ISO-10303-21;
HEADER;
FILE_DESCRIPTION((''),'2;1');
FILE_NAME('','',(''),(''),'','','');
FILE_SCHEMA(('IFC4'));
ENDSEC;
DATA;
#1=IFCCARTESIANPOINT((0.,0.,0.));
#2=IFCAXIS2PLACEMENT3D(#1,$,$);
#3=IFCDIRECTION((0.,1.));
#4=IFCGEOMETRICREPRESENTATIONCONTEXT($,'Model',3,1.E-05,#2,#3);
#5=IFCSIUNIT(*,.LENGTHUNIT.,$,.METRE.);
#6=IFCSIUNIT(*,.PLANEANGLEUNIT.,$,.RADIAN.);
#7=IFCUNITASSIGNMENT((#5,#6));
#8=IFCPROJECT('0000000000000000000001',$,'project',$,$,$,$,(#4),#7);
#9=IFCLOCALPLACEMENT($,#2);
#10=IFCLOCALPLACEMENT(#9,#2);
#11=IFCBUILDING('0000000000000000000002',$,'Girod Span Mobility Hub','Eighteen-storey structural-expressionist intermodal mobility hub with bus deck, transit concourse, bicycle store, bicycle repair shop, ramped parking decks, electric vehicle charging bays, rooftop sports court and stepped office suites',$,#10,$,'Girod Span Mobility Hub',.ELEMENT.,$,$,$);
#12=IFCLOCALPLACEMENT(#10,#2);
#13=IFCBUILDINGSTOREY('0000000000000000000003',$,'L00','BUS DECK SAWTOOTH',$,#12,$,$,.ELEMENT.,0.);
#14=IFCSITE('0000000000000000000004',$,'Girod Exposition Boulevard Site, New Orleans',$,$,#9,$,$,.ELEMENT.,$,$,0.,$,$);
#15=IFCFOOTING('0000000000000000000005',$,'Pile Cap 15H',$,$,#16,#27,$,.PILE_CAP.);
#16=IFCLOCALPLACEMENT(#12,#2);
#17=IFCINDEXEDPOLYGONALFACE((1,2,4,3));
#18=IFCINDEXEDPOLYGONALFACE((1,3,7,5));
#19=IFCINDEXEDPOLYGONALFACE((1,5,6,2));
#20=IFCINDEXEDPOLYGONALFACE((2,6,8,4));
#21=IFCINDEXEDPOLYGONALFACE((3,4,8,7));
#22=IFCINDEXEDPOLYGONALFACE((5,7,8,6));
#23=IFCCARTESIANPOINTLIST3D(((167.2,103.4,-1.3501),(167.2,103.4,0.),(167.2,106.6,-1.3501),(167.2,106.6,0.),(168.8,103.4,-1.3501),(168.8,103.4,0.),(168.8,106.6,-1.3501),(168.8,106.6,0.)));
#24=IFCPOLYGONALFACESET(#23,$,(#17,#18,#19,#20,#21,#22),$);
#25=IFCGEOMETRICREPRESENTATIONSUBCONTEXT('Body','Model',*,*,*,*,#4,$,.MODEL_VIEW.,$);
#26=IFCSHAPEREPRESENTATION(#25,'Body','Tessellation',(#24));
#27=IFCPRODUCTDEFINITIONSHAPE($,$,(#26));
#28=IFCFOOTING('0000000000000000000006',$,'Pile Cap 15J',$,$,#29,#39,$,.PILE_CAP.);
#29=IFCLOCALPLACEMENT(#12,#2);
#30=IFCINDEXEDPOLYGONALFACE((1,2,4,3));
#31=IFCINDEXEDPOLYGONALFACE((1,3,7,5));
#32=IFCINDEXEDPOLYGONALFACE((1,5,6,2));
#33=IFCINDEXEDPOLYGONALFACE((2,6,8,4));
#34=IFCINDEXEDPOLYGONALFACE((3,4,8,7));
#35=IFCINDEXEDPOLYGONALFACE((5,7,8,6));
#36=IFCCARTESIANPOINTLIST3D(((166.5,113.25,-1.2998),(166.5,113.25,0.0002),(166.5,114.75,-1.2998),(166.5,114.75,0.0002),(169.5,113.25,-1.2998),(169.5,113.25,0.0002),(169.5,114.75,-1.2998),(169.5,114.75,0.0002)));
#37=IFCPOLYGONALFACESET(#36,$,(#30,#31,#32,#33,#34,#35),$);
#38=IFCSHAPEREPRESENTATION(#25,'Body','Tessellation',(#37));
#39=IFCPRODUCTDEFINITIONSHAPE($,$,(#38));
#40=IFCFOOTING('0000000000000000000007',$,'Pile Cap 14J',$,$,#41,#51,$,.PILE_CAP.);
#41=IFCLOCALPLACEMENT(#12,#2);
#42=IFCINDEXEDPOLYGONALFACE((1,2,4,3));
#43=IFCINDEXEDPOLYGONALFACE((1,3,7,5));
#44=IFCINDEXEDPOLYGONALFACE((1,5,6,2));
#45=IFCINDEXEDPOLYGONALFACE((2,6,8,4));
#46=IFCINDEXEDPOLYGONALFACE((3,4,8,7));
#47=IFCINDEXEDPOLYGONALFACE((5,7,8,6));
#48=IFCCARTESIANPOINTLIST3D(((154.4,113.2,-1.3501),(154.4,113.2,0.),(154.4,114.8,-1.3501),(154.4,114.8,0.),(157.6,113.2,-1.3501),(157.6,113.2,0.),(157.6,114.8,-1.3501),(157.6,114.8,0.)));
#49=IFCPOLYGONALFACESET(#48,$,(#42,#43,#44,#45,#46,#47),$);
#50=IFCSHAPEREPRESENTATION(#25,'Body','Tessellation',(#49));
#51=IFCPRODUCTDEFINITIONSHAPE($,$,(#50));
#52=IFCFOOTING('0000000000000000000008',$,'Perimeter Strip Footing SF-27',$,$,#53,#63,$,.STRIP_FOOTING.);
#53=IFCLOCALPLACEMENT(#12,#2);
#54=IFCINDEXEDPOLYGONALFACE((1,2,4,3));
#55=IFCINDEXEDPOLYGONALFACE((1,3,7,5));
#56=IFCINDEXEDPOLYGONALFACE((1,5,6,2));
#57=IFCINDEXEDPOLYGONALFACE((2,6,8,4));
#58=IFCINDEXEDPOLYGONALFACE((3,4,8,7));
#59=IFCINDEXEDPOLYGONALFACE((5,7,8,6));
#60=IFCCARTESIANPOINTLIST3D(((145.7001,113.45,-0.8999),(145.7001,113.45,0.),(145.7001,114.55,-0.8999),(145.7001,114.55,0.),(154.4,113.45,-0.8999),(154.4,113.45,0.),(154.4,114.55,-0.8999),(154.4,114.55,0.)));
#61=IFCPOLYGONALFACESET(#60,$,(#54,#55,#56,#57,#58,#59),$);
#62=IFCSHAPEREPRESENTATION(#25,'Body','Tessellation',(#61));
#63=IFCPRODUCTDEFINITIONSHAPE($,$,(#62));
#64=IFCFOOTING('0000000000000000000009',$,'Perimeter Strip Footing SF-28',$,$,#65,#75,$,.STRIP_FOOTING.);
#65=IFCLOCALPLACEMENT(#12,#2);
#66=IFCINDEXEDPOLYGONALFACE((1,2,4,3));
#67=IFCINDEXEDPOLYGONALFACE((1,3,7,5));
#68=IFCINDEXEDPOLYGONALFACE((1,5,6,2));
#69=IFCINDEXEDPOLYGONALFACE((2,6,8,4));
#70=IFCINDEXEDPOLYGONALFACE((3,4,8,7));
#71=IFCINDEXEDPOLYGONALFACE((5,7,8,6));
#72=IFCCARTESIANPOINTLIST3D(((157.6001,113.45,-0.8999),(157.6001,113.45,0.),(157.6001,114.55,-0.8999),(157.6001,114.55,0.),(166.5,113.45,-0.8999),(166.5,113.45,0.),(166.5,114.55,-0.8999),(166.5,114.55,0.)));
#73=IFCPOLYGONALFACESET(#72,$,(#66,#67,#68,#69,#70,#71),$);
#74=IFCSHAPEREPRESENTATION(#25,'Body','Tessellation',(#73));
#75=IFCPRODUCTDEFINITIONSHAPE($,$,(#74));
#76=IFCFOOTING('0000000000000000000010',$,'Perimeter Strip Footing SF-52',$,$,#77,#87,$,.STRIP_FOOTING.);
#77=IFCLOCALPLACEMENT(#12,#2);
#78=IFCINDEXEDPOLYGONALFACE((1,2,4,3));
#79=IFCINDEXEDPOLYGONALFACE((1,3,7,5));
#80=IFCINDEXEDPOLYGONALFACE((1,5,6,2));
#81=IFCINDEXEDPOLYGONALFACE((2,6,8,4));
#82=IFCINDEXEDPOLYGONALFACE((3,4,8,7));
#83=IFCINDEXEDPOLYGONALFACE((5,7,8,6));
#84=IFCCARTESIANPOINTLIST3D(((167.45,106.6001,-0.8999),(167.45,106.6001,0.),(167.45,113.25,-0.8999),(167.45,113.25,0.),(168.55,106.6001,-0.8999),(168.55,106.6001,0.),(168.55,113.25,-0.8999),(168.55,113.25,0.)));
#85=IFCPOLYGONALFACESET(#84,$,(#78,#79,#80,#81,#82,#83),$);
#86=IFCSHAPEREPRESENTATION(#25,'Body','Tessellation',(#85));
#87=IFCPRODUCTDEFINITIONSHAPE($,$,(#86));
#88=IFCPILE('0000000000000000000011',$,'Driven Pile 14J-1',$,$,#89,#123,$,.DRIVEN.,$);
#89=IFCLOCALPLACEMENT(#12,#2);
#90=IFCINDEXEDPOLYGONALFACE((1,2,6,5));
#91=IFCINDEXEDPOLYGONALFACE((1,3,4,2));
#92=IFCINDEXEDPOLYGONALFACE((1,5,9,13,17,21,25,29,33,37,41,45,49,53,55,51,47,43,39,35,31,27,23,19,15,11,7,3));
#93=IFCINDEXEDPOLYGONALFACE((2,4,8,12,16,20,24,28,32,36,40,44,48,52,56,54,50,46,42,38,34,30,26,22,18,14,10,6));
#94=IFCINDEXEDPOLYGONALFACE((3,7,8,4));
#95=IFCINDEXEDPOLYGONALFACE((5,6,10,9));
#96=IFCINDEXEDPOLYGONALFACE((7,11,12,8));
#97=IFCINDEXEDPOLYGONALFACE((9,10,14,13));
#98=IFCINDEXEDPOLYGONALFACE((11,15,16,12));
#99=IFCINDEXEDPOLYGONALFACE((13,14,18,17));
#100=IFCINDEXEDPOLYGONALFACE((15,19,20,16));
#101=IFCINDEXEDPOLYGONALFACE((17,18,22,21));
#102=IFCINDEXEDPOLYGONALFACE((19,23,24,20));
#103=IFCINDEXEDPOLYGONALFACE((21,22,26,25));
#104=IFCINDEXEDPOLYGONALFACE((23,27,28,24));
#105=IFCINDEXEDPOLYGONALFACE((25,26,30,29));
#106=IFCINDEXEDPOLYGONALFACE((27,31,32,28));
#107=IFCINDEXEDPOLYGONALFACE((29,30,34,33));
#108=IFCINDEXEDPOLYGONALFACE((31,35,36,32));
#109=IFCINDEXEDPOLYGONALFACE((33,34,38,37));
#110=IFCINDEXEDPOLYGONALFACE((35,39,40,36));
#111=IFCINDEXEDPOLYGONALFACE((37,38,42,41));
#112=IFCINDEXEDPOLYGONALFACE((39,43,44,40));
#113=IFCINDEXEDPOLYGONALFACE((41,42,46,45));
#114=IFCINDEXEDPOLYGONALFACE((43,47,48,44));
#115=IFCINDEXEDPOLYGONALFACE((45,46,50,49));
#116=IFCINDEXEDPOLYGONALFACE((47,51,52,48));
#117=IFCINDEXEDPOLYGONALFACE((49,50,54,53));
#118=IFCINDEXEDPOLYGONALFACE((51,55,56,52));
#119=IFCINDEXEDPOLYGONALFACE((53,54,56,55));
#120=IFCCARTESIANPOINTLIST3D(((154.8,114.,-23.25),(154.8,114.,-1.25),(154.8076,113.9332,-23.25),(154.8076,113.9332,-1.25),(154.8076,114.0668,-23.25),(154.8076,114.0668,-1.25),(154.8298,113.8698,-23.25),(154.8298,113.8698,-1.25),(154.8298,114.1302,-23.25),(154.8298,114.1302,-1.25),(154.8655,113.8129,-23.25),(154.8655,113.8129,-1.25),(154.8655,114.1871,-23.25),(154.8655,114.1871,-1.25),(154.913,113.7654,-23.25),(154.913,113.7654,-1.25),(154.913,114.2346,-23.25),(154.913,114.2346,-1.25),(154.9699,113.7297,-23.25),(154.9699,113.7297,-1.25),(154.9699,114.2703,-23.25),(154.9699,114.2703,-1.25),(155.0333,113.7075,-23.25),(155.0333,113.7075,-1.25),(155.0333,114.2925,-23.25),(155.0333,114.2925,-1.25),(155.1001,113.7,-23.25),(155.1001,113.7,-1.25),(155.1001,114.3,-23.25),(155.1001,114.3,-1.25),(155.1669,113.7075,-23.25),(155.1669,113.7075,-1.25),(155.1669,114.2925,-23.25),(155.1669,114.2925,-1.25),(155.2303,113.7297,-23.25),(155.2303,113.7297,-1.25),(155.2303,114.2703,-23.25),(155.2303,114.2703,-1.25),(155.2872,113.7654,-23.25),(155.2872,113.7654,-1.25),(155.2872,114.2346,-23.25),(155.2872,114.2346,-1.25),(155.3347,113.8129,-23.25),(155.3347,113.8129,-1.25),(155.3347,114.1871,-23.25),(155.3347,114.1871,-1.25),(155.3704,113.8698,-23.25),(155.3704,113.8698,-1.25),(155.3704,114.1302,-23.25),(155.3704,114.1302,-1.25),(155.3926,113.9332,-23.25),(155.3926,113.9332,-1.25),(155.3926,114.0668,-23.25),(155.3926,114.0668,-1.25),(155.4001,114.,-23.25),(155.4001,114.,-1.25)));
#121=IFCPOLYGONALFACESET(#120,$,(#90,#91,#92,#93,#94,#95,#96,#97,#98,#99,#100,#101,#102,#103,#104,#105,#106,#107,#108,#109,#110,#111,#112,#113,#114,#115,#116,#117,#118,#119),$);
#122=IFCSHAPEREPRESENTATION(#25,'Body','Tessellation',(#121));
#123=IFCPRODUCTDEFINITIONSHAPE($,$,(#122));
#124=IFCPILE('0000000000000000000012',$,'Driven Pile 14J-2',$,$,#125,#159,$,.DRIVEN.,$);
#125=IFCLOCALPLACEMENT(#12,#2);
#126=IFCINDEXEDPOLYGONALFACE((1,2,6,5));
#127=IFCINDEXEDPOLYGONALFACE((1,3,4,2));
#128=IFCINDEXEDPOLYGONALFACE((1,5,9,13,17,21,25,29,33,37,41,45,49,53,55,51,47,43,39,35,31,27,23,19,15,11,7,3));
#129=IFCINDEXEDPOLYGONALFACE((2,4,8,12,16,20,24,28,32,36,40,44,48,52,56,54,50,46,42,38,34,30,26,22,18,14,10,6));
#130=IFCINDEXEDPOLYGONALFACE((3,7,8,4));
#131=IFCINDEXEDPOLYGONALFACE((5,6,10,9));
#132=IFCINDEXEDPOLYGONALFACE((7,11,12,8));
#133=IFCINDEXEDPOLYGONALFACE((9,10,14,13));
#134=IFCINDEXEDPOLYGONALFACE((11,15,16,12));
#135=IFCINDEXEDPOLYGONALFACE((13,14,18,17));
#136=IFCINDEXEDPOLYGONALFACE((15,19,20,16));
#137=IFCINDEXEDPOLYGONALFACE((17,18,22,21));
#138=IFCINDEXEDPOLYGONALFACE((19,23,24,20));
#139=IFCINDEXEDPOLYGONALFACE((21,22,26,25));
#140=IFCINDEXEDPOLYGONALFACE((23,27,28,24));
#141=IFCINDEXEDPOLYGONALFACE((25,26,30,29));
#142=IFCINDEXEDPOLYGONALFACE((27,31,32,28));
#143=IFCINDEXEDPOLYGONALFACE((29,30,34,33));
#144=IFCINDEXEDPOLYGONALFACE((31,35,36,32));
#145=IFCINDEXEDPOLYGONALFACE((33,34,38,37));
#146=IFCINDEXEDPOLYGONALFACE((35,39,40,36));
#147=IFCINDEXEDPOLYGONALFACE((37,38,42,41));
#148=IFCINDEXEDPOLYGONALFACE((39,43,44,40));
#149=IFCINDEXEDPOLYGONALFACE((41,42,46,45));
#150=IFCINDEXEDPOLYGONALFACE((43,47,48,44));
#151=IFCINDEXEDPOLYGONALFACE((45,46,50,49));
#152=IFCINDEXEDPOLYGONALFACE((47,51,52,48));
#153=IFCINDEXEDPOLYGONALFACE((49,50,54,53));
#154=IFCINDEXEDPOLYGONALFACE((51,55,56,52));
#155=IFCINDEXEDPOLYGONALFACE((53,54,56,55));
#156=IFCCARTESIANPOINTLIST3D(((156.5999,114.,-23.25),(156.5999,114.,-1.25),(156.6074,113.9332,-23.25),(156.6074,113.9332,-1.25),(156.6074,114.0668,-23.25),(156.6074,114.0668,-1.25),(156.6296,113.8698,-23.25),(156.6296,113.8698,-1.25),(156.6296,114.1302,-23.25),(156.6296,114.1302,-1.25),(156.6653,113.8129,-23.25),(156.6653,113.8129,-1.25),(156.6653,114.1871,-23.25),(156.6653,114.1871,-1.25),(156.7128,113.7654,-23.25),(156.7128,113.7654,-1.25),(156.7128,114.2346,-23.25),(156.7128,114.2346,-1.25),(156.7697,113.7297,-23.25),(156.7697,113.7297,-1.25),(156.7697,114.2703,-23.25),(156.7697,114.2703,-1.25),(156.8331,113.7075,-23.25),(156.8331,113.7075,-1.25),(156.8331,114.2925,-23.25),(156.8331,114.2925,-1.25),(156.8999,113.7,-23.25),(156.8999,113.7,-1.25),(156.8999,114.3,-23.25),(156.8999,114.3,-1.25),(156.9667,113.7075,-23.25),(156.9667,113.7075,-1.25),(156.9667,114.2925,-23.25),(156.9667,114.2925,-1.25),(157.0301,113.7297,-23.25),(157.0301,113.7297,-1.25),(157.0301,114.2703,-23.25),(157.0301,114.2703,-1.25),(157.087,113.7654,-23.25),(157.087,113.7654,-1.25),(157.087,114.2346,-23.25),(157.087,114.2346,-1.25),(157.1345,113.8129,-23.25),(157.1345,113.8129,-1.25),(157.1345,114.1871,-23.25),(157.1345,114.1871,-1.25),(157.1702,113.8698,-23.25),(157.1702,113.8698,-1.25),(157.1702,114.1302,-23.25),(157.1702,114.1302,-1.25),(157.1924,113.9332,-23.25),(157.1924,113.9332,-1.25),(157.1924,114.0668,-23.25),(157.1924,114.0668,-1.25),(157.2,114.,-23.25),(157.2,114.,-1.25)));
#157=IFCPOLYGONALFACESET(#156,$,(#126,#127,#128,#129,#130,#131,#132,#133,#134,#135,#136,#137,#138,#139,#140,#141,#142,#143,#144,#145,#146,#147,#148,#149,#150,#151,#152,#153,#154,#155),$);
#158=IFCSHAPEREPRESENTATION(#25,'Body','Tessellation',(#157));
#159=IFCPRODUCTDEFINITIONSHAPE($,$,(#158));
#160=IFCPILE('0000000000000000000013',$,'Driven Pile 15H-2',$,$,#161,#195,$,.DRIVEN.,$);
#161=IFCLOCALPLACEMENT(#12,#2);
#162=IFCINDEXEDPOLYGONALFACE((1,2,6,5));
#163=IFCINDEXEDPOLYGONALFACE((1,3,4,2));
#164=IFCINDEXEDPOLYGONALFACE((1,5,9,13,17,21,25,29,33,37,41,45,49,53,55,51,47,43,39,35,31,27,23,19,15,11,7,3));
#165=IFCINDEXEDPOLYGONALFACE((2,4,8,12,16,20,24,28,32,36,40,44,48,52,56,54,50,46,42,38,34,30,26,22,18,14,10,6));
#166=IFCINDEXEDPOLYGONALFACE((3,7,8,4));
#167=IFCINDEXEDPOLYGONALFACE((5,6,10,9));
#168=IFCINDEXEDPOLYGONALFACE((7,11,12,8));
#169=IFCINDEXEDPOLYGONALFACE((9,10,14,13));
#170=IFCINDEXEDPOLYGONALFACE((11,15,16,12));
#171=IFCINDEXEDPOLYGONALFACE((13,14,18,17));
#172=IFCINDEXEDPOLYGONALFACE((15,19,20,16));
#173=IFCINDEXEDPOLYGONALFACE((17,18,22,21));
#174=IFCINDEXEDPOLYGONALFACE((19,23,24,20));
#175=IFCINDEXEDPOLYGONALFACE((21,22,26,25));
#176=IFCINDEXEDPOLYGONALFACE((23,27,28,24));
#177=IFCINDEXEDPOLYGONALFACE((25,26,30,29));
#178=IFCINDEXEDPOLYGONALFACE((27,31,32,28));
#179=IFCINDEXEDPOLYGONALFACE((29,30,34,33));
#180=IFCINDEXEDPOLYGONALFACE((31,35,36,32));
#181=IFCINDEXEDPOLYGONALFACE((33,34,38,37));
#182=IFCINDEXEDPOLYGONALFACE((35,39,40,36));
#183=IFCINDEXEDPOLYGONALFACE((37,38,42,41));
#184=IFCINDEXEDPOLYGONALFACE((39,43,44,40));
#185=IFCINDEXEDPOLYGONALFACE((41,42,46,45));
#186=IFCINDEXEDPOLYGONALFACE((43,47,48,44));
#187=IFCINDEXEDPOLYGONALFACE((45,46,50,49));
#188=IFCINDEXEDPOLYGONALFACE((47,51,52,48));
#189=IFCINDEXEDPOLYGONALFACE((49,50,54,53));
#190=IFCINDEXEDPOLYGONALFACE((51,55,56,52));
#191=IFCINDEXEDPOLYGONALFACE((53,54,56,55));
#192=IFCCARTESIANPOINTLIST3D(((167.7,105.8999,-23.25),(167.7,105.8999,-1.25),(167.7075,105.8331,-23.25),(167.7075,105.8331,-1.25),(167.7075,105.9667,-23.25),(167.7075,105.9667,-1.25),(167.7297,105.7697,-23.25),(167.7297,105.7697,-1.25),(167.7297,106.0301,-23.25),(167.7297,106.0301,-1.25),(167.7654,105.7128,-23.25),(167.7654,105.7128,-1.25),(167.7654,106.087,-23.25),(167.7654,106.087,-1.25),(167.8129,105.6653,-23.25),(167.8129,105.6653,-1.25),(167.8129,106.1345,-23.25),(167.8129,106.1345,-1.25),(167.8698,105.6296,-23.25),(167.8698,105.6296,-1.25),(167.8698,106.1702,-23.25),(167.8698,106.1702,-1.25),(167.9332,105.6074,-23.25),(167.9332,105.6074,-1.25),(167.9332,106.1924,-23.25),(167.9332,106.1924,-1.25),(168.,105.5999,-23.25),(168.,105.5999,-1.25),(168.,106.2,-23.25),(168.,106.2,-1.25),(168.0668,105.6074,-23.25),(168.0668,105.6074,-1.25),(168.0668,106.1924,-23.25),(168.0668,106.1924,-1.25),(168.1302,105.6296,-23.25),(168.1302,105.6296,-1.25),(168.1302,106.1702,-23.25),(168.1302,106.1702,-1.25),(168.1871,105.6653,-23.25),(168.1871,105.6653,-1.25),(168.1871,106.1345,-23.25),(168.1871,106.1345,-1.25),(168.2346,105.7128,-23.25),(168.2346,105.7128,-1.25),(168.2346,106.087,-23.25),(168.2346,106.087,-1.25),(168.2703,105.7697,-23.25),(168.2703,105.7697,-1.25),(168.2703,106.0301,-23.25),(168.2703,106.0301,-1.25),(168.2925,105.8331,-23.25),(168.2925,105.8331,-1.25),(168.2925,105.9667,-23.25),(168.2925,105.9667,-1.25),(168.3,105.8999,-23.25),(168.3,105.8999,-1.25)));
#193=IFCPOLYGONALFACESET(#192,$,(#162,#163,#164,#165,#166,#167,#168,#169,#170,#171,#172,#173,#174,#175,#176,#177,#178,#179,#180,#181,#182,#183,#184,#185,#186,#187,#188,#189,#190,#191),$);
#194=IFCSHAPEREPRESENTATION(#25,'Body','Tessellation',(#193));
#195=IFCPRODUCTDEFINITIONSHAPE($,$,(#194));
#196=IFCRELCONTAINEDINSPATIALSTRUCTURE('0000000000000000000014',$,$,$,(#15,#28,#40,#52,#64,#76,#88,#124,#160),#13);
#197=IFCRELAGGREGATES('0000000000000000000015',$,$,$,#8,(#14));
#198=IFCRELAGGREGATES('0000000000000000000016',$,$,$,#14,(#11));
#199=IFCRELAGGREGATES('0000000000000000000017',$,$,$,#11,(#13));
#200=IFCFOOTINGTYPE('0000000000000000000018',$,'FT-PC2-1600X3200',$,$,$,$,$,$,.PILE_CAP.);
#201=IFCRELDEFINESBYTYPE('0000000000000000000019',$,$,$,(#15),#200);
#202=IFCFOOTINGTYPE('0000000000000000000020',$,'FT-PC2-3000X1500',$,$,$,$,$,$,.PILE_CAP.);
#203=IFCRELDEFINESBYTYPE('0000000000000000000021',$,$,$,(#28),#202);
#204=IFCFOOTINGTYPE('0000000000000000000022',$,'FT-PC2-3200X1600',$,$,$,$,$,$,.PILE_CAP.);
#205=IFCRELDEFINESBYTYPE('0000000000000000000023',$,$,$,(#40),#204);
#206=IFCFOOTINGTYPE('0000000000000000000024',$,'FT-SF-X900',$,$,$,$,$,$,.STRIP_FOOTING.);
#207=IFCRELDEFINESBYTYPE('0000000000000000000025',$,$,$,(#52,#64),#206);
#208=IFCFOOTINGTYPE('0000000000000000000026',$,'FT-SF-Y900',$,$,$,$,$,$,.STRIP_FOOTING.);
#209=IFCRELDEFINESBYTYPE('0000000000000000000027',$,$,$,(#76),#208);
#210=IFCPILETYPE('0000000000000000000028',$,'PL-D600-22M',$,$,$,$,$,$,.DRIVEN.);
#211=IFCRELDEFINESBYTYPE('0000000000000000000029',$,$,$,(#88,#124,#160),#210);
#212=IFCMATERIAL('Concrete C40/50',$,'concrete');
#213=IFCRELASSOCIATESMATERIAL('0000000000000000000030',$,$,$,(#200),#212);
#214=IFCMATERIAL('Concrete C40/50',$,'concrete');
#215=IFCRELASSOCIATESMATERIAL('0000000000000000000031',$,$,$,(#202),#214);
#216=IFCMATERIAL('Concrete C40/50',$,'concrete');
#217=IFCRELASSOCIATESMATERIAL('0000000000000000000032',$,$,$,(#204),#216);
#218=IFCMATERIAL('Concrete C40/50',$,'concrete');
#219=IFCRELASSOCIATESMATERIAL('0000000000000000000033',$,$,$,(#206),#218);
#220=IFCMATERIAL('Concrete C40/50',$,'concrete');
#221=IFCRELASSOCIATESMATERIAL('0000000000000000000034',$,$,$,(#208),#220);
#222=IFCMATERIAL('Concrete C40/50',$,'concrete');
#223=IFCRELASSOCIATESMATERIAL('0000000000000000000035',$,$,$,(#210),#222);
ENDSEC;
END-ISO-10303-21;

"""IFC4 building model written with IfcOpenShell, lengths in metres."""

from ifc_helpers import new_model, si_unit, direction, frame, origin, origin_2d, place, context, subcontext, project, spatial, rectangle, circle, extrude, material, material_profile, profile_set, type_object, element, save


model = new_model("IFC4")

# Units and contexts
model_context = context("Model", 3, precision=1e-05, world=origin(), true_north=direction((0.0, 1.0)))
body_context = subcontext(model_context, "Body", "Model", "MODEL_VIEW")
ifc_project = project(units=[si_unit("LENGTHUNIT", "METRE"), si_unit("PLANEANGLEUNIT", "RADIAN")], contexts=[model_context])

# Site, building, storey
site_placement = place(None, origin())
site = spatial("IfcSite", under=ifc_project, at=site_placement, Name="Girod Exposition Boulevard Site, New Orleans", CompositionType="ELEMENT", RefElevation=0.0)
building_placement = place(site_placement, origin())
building = spatial("IfcBuilding", under=site, at=building_placement, Name="Girod Span Mobility Hub", Description="Eighteen-storey structural-expressionist intermodal mobility hub with bus deck, transit concourse, bicycle store, bicycle repair shop, ramped parking decks, electric vehicle charging bays, rooftop sports court and stepped office suites", LongName="Girod Span Mobility Hub", CompositionType="ELEMENT")
storey_placement = place(building_placement, origin())
storey = spatial("IfcBuildingStorey", under=building, at=storey_placement, Name="L00", Description="BUS DECK SAWTOOTH", CompositionType="ELEMENT", Elevation=0.0)

# Footings
ifc_material_1 = material(Name="Concrete C40/50", Category="concrete")
footing_type_1 = type_object("IfcFootingType", Name="FT-PC2-1600X3200", PredefinedType="PILE_CAP", material=ifc_material_1)
footing_1_placement = place(storey_placement, frame((168.0, 105.0, -1.3501), z_axis=(0.0, 0.0, 1.0), x_axis=(1.0, 0.0, 0.0)))
element("IfcFooting", 1, at=footing_1_placement, inside=storey, type_object=footing_type_1, Name="Pile Cap 15H", PredefinedType="PILE_CAP", context=body_context, shape_type="SweptSolid", body=[
    extrude(rectangle(XDim=1.6001, YDim=3.2, at=origin_2d()), origin(), (0.0, 0.0, 1.0), 1.3501),
])
ifc_material_2 = material(Name="Concrete C40/50", Category="concrete")
footing_type_2 = type_object("IfcFootingType", Name="FT-PC2-3000X1500", PredefinedType="PILE_CAP", material=ifc_material_2)
footing_2_placement = place(storey_placement, frame((168.0, 114.0, -1.2998), z_axis=(0.0, 0.0, 1.0), x_axis=(1.0, 0.0, 0.0)))
element("IfcFooting", 2, at=footing_2_placement, inside=storey, type_object=footing_type_2, Name="Pile Cap 15J", PredefinedType="PILE_CAP", context=body_context, shape_type="SweptSolid", body=[
    extrude(rectangle(XDim=3.0, YDim=1.5, at=origin_2d()), origin(), (0.0, 0.0, 1.0), 1.3),
])
ifc_material_3 = material(Name="Concrete C40/50", Category="concrete")
footing_type_3 = type_object("IfcFootingType", Name="FT-PC2-3200X1600", PredefinedType="PILE_CAP", material=ifc_material_3)
footing_3_placement = place(storey_placement, frame((156.0, 114.0, -1.3501), z_axis=(0.0, 0.0, 1.0), x_axis=(1.0, 0.0, 0.0)))
element("IfcFooting", 3, at=footing_3_placement, inside=storey, type_object=footing_type_3, Name="Pile Cap 14J", PredefinedType="PILE_CAP", context=body_context, shape_type="SweptSolid", body=[
    extrude(rectangle(XDim=3.2, YDim=1.6001, at=origin_2d()), origin(), (0.0, 0.0, 1.0), 1.3501),
])
ifc_material_4 = material(Name="Concrete C40/50", Category="concrete")
footing_type_4 = type_object("IfcFootingType", Name="FT-SF-X900", PredefinedType="STRIP_FOOTING", material=ifc_material_4)
footing_4_placement = place(storey_placement, frame((150.05, 114.0, -0.8999), z_axis=(0.0, 0.0, 1.0), x_axis=(1.0, 0.0, 0.0)))
element("IfcFooting", 4, at=footing_4_placement, inside=storey, type_object=footing_type_4, Name="Perimeter Strip Footing SF-27", PredefinedType="STRIP_FOOTING", context=body_context, shape_type="SweptSolid", body=[
    extrude(rectangle(XDim=8.7, YDim=1.1001, at=origin_2d()), origin(), (0.0, 0.0, 1.0), 0.8999),
])
footing_5_placement = place(storey_placement, frame((162.05, 114.0, -0.8999), z_axis=(0.0, 0.0, 1.0), x_axis=(1.0, 0.0, 0.0)))
element("IfcFooting", 5, at=footing_5_placement, inside=storey, type_object=footing_type_4, Name="Perimeter Strip Footing SF-28", PredefinedType="STRIP_FOOTING", context=body_context, shape_type="SweptSolid", body=[
    extrude(rectangle(XDim=8.8999, YDim=1.1001, at=origin_2d()), origin(), (0.0, 0.0, 1.0), 0.8999),
])
ifc_material_5 = material(Name="Concrete C40/50", Category="concrete")
footing_type_5 = type_object("IfcFootingType", Name="FT-SF-Y900", PredefinedType="STRIP_FOOTING", material=ifc_material_5)
footing_6_placement = place(storey_placement, frame((168.0, 109.925, -0.8999), z_axis=(0.0, 0.0, 1.0), x_axis=(1.0, 0.0, 0.0)))
element("IfcFooting", 6, at=footing_6_placement, inside=storey, type_object=footing_type_5, Name="Perimeter Strip Footing SF-52", PredefinedType="STRIP_FOOTING", context=body_context, shape_type="SweptSolid", body=[
    extrude(rectangle(XDim=1.1001, YDim=6.6499, at=origin_2d()), origin(), (0.0, 0.0, 1.0), 0.8999),
])

# Piles
ifc_material_6 = material(Name="Concrete C40/50", Category="concrete")
ifc_material_profile_1 = material_profile(ifc_material_6, circle(Radius=0.3, at=origin_2d()), Name="PILE-D600")
ifc_profile_set_1 = profile_set([ifc_material_profile_1], Name="Concrete C40/50")
pile_type_1 = type_object("IfcPileType", Name="PL-D600-22M", PredefinedType="DRIVEN", material=ifc_profile_set_1)
for number, where, z_axis, x_axis, name in (
    (7, (155.1001, 114.0, -1.25), (0.0, 0.0, -1.0), (1.0, 0.0, 0.0), "Driven Pile 14J-1"),
    (8, (156.8999, 114.0, -1.25), (0.0, 0.0, -1.0), (1.0, 0.0, 0.0), "Driven Pile 14J-2"),
    (9, (168.0, 105.8999, -1.25), (0.0, 0.0, -1.0), (1.0, 0.0, 0.0), "Driven Pile 15H-2"),
):
    element("IfcPile", number, at=place(storey_placement, frame(where, z_axis=z_axis, x_axis=x_axis)), inside=storey, type_object=pile_type_1, Name=name, PredefinedType="DRIVEN", context=body_context, shape_type="SweptSolid", body=[
        extrude(circle(Radius=0.3, at=origin_2d()), origin(), (0.0, 0.0, 1.0), 22.0),
    ])

save(model, "model.ifc")
